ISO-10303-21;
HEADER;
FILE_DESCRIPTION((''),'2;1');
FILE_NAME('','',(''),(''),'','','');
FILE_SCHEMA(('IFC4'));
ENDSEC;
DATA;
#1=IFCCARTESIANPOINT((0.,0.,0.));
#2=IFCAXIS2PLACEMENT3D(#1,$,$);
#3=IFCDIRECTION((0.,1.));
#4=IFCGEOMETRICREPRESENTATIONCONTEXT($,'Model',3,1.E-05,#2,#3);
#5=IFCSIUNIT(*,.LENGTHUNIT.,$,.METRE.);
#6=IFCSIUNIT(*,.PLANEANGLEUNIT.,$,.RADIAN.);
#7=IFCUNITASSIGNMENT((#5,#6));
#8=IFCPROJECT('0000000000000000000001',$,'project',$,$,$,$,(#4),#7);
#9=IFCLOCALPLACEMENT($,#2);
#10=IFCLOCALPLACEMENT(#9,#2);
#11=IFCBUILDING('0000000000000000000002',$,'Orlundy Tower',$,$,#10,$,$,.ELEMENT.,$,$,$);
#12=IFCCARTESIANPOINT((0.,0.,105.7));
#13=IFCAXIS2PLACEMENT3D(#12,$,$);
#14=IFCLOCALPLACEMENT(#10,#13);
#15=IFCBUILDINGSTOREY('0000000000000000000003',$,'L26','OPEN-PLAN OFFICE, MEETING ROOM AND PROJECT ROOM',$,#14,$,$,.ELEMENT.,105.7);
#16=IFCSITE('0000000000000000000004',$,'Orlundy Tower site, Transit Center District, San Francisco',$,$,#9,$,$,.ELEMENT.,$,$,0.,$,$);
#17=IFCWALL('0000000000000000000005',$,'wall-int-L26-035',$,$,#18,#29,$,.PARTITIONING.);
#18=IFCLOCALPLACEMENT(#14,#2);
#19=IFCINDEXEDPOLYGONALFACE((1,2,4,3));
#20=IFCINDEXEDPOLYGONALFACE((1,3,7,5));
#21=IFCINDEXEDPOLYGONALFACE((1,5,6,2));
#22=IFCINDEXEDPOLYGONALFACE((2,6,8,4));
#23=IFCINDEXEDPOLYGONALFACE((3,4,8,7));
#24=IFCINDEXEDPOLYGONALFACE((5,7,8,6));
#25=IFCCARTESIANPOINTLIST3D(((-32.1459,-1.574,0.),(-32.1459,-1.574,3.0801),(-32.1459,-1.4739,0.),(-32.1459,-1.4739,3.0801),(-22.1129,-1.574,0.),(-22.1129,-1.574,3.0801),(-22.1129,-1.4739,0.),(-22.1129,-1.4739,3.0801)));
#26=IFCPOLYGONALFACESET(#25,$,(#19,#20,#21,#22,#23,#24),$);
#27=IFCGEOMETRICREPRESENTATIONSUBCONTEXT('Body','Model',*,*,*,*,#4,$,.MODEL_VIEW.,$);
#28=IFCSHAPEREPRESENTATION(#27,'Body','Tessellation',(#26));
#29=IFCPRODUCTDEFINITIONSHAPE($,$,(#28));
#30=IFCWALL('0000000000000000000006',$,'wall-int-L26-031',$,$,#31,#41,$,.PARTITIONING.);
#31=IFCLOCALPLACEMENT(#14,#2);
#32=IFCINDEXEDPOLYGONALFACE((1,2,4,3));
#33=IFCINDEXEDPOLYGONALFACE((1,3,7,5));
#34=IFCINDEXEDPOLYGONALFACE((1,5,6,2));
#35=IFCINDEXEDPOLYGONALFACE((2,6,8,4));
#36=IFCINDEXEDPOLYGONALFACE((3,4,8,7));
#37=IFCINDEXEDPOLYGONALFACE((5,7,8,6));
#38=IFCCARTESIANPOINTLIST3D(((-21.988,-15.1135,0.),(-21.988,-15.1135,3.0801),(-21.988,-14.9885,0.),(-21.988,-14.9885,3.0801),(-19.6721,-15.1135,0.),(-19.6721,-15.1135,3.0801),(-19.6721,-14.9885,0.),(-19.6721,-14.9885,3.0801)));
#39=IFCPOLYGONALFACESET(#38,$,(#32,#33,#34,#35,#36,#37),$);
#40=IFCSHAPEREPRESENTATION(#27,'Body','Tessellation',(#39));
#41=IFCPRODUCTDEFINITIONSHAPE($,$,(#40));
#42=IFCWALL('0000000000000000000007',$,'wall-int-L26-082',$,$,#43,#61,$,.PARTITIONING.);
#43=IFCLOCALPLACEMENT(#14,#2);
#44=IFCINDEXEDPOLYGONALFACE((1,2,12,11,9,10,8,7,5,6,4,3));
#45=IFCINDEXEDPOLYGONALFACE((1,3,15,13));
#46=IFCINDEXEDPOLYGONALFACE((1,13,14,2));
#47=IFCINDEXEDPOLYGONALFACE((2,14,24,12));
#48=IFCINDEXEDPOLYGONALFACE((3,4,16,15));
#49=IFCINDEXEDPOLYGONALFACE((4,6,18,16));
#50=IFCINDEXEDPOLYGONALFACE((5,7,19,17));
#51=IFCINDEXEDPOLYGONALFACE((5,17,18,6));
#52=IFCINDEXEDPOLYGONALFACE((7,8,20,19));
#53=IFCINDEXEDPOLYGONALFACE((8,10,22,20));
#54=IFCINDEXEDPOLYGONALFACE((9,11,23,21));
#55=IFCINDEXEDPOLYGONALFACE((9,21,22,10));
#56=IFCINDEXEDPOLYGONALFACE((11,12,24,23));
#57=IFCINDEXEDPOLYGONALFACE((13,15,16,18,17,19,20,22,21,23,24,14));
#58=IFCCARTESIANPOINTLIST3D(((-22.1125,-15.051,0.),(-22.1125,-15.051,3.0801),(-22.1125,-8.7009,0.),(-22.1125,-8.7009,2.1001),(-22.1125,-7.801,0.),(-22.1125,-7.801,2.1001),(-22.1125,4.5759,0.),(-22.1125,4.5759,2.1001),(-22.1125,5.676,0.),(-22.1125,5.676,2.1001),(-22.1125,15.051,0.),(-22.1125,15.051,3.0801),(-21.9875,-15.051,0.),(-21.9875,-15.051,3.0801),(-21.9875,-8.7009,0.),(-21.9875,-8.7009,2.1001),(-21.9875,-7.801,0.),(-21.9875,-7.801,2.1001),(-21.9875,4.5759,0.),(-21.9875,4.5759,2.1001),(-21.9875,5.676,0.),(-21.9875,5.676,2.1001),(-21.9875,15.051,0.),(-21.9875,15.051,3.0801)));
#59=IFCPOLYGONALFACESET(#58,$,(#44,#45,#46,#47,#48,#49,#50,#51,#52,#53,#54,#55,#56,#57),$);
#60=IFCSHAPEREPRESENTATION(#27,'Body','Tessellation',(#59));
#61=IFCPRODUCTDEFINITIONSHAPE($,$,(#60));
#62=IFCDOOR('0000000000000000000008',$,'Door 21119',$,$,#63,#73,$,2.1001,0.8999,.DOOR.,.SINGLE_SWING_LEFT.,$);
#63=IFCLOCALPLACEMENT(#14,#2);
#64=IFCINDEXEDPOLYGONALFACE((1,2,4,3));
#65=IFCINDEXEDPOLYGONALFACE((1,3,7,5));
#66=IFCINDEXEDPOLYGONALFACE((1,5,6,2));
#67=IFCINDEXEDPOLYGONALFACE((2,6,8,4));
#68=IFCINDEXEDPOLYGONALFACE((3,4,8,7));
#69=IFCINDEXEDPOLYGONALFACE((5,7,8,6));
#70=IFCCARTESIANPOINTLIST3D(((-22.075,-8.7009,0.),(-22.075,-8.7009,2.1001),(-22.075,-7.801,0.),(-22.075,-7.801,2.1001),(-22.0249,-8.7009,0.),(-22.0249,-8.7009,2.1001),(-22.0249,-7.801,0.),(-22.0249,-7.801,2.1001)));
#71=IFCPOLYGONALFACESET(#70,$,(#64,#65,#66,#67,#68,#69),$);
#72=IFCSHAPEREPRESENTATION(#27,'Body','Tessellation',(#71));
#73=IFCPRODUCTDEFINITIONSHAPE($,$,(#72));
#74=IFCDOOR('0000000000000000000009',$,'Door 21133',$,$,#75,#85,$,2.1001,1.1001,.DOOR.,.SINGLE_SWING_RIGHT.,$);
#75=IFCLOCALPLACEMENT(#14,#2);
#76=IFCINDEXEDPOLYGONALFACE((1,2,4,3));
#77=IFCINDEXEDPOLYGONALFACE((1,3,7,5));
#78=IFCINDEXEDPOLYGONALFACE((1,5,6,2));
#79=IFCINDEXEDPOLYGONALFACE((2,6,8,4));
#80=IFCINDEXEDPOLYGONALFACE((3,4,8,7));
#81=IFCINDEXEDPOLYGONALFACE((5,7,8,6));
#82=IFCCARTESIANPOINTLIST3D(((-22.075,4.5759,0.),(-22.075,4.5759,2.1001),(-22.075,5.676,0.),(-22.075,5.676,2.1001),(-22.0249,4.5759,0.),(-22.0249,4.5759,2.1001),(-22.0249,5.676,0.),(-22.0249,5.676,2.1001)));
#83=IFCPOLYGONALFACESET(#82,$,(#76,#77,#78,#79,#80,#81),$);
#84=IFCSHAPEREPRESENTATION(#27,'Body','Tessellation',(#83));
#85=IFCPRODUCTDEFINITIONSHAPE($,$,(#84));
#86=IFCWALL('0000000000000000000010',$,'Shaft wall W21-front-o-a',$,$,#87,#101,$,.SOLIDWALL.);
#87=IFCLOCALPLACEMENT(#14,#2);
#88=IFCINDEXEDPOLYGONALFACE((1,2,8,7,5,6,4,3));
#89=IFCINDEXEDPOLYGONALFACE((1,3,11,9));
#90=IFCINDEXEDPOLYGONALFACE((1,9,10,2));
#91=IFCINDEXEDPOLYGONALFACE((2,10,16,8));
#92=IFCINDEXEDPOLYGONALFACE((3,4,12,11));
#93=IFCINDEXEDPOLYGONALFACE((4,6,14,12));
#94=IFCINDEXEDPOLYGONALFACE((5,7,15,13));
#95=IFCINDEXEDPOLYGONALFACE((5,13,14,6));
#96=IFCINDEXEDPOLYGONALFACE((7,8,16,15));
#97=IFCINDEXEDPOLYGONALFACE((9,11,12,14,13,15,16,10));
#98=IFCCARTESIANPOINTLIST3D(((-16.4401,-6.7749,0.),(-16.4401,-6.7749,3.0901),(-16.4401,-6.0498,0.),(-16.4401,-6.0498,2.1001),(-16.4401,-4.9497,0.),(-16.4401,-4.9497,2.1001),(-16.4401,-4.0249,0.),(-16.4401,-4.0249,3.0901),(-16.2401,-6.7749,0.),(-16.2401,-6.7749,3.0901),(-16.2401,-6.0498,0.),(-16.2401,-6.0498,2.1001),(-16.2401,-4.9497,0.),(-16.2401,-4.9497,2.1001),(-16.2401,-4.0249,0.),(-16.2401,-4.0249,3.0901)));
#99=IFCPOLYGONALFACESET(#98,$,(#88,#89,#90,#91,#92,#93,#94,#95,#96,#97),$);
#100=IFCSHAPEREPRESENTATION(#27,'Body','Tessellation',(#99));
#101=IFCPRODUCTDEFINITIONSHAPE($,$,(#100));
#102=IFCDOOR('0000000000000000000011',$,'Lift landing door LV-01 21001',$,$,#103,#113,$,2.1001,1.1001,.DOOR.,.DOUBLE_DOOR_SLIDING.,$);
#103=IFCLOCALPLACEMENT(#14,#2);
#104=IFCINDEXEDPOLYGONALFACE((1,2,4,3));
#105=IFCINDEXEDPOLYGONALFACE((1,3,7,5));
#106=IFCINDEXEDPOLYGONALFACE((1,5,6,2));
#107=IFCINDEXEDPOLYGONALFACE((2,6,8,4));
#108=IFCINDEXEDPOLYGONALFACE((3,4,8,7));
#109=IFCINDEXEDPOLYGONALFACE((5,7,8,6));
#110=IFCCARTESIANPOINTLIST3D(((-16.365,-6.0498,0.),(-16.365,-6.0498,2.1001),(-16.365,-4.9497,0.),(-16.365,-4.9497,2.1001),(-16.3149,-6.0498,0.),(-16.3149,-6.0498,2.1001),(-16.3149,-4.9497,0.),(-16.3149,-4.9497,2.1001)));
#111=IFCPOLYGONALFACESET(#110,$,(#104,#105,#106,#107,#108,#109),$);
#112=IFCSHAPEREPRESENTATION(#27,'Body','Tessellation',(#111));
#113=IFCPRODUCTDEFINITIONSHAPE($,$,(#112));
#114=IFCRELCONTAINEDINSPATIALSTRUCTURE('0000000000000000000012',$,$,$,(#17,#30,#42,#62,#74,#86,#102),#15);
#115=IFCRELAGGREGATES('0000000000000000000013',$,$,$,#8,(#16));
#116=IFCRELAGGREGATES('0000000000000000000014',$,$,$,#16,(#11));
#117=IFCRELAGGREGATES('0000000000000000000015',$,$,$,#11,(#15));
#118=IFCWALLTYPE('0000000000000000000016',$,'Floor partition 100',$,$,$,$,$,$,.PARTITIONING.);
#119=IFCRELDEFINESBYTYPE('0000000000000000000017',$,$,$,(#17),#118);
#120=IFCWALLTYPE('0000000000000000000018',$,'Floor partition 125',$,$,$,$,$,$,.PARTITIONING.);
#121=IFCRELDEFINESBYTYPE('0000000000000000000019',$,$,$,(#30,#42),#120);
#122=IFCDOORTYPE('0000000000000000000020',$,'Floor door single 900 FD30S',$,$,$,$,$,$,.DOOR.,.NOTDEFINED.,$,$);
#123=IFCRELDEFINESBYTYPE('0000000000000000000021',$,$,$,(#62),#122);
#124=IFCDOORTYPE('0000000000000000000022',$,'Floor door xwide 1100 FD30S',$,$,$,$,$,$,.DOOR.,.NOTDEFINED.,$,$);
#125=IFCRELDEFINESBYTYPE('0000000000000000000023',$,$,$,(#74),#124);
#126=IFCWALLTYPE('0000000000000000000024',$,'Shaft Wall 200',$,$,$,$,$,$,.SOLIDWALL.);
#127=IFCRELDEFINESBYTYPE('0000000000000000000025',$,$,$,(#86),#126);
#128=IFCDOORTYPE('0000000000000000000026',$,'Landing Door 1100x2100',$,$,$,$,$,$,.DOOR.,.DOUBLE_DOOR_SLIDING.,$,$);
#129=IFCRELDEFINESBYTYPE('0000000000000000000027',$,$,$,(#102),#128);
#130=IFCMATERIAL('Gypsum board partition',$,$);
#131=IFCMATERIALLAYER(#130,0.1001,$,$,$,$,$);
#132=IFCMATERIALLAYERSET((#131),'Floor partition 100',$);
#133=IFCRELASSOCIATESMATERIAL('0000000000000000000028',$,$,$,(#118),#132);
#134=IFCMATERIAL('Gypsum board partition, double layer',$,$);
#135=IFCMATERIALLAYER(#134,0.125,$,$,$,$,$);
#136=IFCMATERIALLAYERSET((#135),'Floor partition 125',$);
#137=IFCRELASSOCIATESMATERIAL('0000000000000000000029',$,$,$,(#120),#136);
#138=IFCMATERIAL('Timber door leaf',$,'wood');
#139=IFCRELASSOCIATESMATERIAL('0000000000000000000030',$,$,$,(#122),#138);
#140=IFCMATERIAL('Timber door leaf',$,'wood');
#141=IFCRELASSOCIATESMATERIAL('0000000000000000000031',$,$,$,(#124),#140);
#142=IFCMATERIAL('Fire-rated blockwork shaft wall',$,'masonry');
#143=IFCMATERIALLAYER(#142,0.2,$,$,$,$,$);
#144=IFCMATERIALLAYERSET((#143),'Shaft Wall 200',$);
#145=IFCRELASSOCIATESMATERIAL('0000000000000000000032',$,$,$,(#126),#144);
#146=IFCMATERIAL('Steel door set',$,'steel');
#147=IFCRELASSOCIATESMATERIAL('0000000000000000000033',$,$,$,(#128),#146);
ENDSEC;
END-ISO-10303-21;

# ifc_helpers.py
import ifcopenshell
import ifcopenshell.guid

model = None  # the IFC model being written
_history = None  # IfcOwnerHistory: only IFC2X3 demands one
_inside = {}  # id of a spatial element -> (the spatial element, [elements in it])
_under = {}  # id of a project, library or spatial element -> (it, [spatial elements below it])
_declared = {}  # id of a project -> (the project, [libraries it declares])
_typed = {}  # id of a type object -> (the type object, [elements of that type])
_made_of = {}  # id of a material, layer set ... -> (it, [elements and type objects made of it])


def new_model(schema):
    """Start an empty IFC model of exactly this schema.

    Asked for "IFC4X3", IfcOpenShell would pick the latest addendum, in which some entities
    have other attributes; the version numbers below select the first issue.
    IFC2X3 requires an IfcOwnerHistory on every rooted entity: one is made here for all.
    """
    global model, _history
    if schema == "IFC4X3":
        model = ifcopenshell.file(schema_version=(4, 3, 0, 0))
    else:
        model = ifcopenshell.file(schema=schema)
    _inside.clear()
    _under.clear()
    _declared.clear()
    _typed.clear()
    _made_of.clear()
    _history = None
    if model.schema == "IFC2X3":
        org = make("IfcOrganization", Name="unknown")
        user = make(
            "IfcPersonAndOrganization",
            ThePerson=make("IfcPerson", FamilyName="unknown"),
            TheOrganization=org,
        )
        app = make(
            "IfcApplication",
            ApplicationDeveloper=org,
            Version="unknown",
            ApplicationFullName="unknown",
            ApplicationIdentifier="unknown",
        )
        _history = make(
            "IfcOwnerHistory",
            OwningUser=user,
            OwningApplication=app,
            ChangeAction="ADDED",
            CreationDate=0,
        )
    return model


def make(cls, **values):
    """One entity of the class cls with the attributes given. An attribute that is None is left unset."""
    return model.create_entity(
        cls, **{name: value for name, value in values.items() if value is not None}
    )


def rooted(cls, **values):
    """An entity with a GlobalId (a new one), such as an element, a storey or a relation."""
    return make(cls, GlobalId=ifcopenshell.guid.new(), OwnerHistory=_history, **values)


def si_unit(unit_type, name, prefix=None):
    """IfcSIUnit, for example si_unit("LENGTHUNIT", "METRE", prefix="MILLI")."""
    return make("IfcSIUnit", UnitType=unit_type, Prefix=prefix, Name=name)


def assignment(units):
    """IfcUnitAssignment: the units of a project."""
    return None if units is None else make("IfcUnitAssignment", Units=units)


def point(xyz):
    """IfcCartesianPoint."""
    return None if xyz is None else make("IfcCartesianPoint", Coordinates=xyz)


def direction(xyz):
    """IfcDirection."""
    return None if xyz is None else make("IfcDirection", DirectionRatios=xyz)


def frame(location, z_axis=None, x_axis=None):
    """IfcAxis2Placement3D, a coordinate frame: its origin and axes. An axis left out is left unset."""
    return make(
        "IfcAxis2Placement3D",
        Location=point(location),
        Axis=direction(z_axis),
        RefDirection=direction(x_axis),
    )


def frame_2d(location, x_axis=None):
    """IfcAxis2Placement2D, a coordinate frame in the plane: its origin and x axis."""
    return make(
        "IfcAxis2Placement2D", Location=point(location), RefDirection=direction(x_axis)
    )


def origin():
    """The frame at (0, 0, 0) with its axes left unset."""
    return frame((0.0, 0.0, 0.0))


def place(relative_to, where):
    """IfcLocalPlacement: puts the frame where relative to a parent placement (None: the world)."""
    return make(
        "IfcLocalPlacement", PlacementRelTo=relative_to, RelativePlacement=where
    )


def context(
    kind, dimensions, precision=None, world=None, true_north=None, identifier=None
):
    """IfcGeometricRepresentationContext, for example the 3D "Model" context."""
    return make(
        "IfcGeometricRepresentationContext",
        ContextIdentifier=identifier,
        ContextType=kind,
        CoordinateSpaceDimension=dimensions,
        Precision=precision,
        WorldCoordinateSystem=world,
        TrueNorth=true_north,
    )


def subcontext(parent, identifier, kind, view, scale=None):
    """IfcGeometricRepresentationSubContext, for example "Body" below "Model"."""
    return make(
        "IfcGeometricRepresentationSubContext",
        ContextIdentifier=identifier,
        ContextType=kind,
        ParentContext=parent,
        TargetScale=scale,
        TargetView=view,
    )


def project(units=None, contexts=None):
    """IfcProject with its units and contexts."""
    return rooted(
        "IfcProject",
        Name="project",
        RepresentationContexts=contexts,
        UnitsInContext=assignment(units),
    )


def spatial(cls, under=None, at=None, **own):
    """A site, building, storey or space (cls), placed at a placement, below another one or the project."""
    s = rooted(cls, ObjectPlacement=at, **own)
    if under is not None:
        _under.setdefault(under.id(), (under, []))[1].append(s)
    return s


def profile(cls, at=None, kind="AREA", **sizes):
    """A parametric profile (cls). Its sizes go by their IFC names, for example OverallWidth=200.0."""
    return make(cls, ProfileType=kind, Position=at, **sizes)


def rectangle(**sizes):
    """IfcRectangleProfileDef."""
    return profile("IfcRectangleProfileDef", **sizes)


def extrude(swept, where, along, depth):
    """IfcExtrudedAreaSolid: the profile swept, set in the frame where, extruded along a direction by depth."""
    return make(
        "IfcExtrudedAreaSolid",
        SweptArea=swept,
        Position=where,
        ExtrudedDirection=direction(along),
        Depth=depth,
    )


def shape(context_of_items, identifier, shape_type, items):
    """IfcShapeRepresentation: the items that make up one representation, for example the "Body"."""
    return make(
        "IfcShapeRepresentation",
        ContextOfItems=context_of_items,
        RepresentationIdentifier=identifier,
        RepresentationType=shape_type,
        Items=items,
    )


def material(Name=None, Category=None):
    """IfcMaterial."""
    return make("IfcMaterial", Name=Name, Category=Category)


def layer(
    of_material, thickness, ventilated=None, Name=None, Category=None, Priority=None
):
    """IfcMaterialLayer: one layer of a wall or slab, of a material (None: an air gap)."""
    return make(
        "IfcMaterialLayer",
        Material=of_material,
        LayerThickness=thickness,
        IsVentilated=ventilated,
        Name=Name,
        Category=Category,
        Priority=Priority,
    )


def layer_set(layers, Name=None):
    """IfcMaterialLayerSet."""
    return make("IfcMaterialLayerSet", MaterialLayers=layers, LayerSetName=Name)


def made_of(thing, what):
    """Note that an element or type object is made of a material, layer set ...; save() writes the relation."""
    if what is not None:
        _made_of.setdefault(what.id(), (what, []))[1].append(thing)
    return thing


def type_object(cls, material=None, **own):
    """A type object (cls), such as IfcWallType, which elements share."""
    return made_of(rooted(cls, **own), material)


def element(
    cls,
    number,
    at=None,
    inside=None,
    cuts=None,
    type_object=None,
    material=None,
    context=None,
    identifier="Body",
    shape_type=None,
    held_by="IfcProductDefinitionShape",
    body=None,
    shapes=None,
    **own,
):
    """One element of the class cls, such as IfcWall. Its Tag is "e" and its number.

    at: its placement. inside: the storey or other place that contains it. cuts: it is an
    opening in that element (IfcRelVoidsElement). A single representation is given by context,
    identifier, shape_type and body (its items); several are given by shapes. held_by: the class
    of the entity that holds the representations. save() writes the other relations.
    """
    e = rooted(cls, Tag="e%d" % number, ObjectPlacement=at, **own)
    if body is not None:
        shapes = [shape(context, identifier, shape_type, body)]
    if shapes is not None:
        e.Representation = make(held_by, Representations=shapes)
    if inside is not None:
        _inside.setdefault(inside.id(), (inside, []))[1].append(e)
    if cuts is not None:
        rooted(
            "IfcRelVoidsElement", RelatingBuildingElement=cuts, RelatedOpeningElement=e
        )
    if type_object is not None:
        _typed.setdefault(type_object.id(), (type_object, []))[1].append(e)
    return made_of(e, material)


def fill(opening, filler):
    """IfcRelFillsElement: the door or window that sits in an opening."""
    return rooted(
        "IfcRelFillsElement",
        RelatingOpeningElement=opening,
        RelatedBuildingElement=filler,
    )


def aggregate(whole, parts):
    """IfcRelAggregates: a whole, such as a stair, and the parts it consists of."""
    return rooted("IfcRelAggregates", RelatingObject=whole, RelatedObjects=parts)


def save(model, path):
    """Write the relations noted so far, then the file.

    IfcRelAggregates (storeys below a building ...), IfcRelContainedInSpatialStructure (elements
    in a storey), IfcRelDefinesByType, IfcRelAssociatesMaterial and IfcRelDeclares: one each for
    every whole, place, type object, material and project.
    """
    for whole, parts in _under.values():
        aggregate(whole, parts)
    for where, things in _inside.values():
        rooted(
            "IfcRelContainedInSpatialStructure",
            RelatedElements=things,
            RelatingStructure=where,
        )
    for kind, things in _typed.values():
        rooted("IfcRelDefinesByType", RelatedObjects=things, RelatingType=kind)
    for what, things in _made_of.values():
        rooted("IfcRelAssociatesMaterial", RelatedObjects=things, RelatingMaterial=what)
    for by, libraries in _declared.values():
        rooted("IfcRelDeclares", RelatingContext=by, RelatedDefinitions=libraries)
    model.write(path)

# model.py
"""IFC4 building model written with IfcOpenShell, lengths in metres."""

from ifc_helpers import new_model, si_unit, direction, frame, frame_2d, origin, place, context, subcontext, project, spatial, rectangle, extrude, material, layer, layer_set, type_object, element, fill, save


model = new_model("IFC4")

# Units and contexts
model_context = context("Model", 3, precision=1e-05, world=origin(), true_north=direction((0.0, 1.0)))
body_context = subcontext(model_context, "Body", "Model", "MODEL_VIEW")
ifc_project = project(units=[si_unit("LENGTHUNIT", "METRE"), si_unit("PLANEANGLEUNIT", "RADIAN")], contexts=[model_context])

# Site, building, storey
site_placement = place(None, origin())
site = spatial("IfcSite", under=ifc_project, at=site_placement, Name="Orlundy Tower site, Transit Center District, San Francisco", CompositionType="ELEMENT", RefElevation=0.0)
building_placement = place(site_placement, origin())
building = spatial("IfcBuilding", under=site, at=building_placement, Name="Orlundy Tower", CompositionType="ELEMENT")
storey_placement = place(building_placement, frame((0.0, 0.0, 105.7)))
storey = spatial("IfcBuildingStorey", under=building, at=storey_placement, Name="L26", Description="OPEN-PLAN OFFICE, MEETING ROOM AND PROJECT ROOM", CompositionType="ELEMENT", Elevation=105.7)

# Walls
ifc_material_1 = material(Name="Gypsum board partition")
ifc_layer_1 = layer(ifc_material_1, 0.1001)
ifc_layer_set_1 = layer_set([ifc_layer_1], Name="Floor partition 100")
wall_type_1 = type_object("IfcWallType", Name="Floor partition 100", PredefinedType="PARTITIONING", material=ifc_layer_set_1)
wall_1_placement = place(storey_placement, frame((-32.146, -1.5239, 0.0), z_axis=(0.0, 0.0, 1.0), x_axis=(1.0, 0.0, 0.0)))
element("IfcWall", 1, at=wall_1_placement, inside=storey, type_object=wall_type_1, Name="wall-int-L26-035", PredefinedType="PARTITIONING", context=body_context, shape_type="SweptSolid", body=[
    extrude(rectangle(XDim=10.033, YDim=0.1001, at=frame_2d((5.0166, 0.0))), origin(), (0.0, 0.0, 1.0), 3.0801),
])
ifc_material_2 = material(Name="Gypsum board partition, double layer")
ifc_layer_2 = layer(ifc_material_2, 0.125)
ifc_layer_set_2 = layer_set([ifc_layer_2], Name="Floor partition 125")
wall_type_2 = type_object("IfcWallType", Name="Floor partition 125", PredefinedType="PARTITIONING", material=ifc_layer_set_2)
wall_2_placement = place(storey_placement, frame((-21.988, -15.051, 0.0), z_axis=(0.0, 0.0, 1.0), x_axis=(1.0, 0.0, 0.0)))
element("IfcWall", 2, at=wall_2_placement, inside=storey, type_object=wall_type_2, Name="wall-int-L26-031", PredefinedType="PARTITIONING", context=body_context, shape_type="SweptSolid", body=[
    extrude(rectangle(XDim=2.3159, YDim=0.125, at=frame_2d((1.158, 0.0))), origin(), (0.0, 0.0, 1.0), 3.0801),
])

# Wall, openings, doors
wall_3_placement = place(storey_placement, frame((-22.05, -15.051, 0.0), z_axis=(0.0, 0.0, 1.0), x_axis=(0.0, 1.0, 0.0)))
wall_3 = element("IfcWall", 3, at=wall_3_placement, inside=storey, type_object=wall_type_2, Name="wall-int-L26-082", PredefinedType="PARTITIONING", context=body_context, shape_type="SweptSolid", body=[
    extrude(rectangle(XDim=30.1021, YDim=0.125, at=frame_2d((15.051, 0.0))), origin(), (0.0, 0.0, 1.0), 3.0801),
])
opening_1_placement = place(wall_3_placement, frame((6.3501, 0.0, 0.0)))
opening_1 = element("IfcOpeningElement", 4, at=opening_1_placement, cuts=wall_3, PredefinedType="OPENING", context=body_context, shape_type="SweptSolid", body=[
    extrude(rectangle(XDim=0.8999, YDim=2.1001, at=frame_2d((0.45, 1.05))), frame((0.0, 0.0725, 0.0), z_axis=(0.0, -1.0, 0.0), x_axis=(1.0, 0.0, 0.0)), (0.0, 0.0, 1.0), 0.145),
])
opening_2_placement = place(wall_3_placement, frame((19.627, 0.0, 0.0)))
opening_2 = element("IfcOpeningElement", 5, at=opening_2_placement, cuts=wall_3, PredefinedType="OPENING", context=body_context, shape_type="SweptSolid", body=[
    extrude(rectangle(XDim=1.1001, YDim=2.1001, at=frame_2d((0.55, 1.05))), frame((0.0, 0.0725, 0.0), z_axis=(0.0, -1.0, 0.0), x_axis=(1.0, 0.0, 0.0)), (0.0, 0.0, 1.0), 0.145),
])
ifc_material_3 = material(Name="Timber door leaf", Category="wood")
door_type_1 = type_object("IfcDoorType", Name="Floor door single 900 FD30S", OperationType="NOTDEFINED", PredefinedType="DOOR", material=ifc_material_3)
door_1_placement = place(opening_1_placement, origin())
door_1 = element("IfcDoor", 6, at=door_1_placement, inside=storey, type_object=door_type_1, Name="Door 21119", OperationType="SINGLE_SWING_LEFT", OverallHeight=2.1001, OverallWidth=0.8999, PredefinedType="DOOR", context=body_context, shape_type="SweptSolid", body=[
    extrude(rectangle(XDim=0.8999, YDim=2.1001, at=frame_2d((0.45, 1.05))), frame((0.0, 0.0249, 0.0), z_axis=(0.0, -1.0, 0.0), x_axis=(1.0, 0.0, 0.0)), (0.0, 0.0, 1.0), 0.05),
])
fill(opening_1, door_1)
ifc_material_4 = material(Name="Timber door leaf", Category="wood")
door_type_2 = type_object("IfcDoorType", Name="Floor door xwide 1100 FD30S", OperationType="NOTDEFINED", PredefinedType="DOOR", material=ifc_material_4)
door_2_placement = place(opening_2_placement, origin())
door_2 = element("IfcDoor", 7, at=door_2_placement, inside=storey, type_object=door_type_2, Name="Door 21133", OperationType="SINGLE_SWING_RIGHT", OverallHeight=2.1001, OverallWidth=1.1001, PredefinedType="DOOR", context=body_context, shape_type="SweptSolid", body=[
    extrude(rectangle(XDim=1.1001, YDim=2.1001, at=frame_2d((0.55, 1.05))), frame((0.0, 0.0249, 0.0), z_axis=(0.0, -1.0, 0.0), x_axis=(1.0, 0.0, 0.0)), (0.0, 0.0, 1.0), 0.05),
])
fill(opening_2, door_2)

# Wall, opening, door
ifc_material_5 = material(Name="Fire-rated blockwork shaft wall", Category="masonry")
ifc_layer_3 = layer(ifc_material_5, 0.2)
ifc_layer_set_3 = layer_set([ifc_layer_3], Name="Shaft Wall 200")
wall_type_3 = type_object("IfcWallType", Name="Shaft Wall 200", PredefinedType="SOLIDWALL", material=ifc_layer_set_3)
wall_4_placement = place(storey_placement, frame((-16.3401, -6.7749, 0.0), z_axis=(0.0, 0.0, 1.0), x_axis=(0.0, 1.0, 0.0)))
wall_4 = element("IfcWall", 8, at=wall_4_placement, inside=storey, type_object=wall_type_3, Name="Shaft wall W21-front-o-a", PredefinedType="SOLIDWALL", context=body_context, shape_type="SweptSolid", body=[
    extrude(rectangle(XDim=2.75, YDim=0.2, at=frame_2d((1.375, 0.0))), origin(), (0.0, 0.0, 1.0), 3.0901),
])
opening_3_placement = place(wall_4_placement, frame((0.7251, 0.0, 0.0)))
opening_3 = element("IfcOpeningElement", 9, at=opening_3_placement, cuts=wall_4, PredefinedType="OPENING", context=body_context, shape_type="SweptSolid", body=[
    extrude(rectangle(XDim=1.1001, YDim=2.1001, at=frame_2d((0.55, 1.05))), frame((0.0, 0.1101, 0.0), z_axis=(0.0, -1.0, 0.0), x_axis=(1.0, 0.0, 0.0)), (0.0, 0.0, 1.0), 0.2202),
])
ifc_material_6 = material(Name="Steel door set", Category="steel")
door_type_3 = type_object("IfcDoorType", Name="Landing Door 1100x2100", OperationType="DOUBLE_DOOR_SLIDING", PredefinedType="DOOR", material=ifc_material_6)
door_3_placement = place(opening_3_placement, origin())
door_3 = element("IfcDoor", 10, at=door_3_placement, inside=storey, type_object=door_type_3, Name="Lift landing door LV-01 21001", OperationType="DOUBLE_DOOR_SLIDING", OverallHeight=2.1001, OverallWidth=1.1001, PredefinedType="DOOR", context=body_context, shape_type="SweptSolid", body=[
    extrude(rectangle(XDim=1.1001, YDim=2.1001, at=frame_2d((0.55, 1.05))), frame((0.0, 0.0249, 0.0), z_axis=(0.0, -1.0, 0.0), x_axis=(1.0, 0.0, 0.0)), (0.0, 0.0, 1.0), 0.05),
])
fill(opening_3, door_3)

save(model, "model.ifc")
